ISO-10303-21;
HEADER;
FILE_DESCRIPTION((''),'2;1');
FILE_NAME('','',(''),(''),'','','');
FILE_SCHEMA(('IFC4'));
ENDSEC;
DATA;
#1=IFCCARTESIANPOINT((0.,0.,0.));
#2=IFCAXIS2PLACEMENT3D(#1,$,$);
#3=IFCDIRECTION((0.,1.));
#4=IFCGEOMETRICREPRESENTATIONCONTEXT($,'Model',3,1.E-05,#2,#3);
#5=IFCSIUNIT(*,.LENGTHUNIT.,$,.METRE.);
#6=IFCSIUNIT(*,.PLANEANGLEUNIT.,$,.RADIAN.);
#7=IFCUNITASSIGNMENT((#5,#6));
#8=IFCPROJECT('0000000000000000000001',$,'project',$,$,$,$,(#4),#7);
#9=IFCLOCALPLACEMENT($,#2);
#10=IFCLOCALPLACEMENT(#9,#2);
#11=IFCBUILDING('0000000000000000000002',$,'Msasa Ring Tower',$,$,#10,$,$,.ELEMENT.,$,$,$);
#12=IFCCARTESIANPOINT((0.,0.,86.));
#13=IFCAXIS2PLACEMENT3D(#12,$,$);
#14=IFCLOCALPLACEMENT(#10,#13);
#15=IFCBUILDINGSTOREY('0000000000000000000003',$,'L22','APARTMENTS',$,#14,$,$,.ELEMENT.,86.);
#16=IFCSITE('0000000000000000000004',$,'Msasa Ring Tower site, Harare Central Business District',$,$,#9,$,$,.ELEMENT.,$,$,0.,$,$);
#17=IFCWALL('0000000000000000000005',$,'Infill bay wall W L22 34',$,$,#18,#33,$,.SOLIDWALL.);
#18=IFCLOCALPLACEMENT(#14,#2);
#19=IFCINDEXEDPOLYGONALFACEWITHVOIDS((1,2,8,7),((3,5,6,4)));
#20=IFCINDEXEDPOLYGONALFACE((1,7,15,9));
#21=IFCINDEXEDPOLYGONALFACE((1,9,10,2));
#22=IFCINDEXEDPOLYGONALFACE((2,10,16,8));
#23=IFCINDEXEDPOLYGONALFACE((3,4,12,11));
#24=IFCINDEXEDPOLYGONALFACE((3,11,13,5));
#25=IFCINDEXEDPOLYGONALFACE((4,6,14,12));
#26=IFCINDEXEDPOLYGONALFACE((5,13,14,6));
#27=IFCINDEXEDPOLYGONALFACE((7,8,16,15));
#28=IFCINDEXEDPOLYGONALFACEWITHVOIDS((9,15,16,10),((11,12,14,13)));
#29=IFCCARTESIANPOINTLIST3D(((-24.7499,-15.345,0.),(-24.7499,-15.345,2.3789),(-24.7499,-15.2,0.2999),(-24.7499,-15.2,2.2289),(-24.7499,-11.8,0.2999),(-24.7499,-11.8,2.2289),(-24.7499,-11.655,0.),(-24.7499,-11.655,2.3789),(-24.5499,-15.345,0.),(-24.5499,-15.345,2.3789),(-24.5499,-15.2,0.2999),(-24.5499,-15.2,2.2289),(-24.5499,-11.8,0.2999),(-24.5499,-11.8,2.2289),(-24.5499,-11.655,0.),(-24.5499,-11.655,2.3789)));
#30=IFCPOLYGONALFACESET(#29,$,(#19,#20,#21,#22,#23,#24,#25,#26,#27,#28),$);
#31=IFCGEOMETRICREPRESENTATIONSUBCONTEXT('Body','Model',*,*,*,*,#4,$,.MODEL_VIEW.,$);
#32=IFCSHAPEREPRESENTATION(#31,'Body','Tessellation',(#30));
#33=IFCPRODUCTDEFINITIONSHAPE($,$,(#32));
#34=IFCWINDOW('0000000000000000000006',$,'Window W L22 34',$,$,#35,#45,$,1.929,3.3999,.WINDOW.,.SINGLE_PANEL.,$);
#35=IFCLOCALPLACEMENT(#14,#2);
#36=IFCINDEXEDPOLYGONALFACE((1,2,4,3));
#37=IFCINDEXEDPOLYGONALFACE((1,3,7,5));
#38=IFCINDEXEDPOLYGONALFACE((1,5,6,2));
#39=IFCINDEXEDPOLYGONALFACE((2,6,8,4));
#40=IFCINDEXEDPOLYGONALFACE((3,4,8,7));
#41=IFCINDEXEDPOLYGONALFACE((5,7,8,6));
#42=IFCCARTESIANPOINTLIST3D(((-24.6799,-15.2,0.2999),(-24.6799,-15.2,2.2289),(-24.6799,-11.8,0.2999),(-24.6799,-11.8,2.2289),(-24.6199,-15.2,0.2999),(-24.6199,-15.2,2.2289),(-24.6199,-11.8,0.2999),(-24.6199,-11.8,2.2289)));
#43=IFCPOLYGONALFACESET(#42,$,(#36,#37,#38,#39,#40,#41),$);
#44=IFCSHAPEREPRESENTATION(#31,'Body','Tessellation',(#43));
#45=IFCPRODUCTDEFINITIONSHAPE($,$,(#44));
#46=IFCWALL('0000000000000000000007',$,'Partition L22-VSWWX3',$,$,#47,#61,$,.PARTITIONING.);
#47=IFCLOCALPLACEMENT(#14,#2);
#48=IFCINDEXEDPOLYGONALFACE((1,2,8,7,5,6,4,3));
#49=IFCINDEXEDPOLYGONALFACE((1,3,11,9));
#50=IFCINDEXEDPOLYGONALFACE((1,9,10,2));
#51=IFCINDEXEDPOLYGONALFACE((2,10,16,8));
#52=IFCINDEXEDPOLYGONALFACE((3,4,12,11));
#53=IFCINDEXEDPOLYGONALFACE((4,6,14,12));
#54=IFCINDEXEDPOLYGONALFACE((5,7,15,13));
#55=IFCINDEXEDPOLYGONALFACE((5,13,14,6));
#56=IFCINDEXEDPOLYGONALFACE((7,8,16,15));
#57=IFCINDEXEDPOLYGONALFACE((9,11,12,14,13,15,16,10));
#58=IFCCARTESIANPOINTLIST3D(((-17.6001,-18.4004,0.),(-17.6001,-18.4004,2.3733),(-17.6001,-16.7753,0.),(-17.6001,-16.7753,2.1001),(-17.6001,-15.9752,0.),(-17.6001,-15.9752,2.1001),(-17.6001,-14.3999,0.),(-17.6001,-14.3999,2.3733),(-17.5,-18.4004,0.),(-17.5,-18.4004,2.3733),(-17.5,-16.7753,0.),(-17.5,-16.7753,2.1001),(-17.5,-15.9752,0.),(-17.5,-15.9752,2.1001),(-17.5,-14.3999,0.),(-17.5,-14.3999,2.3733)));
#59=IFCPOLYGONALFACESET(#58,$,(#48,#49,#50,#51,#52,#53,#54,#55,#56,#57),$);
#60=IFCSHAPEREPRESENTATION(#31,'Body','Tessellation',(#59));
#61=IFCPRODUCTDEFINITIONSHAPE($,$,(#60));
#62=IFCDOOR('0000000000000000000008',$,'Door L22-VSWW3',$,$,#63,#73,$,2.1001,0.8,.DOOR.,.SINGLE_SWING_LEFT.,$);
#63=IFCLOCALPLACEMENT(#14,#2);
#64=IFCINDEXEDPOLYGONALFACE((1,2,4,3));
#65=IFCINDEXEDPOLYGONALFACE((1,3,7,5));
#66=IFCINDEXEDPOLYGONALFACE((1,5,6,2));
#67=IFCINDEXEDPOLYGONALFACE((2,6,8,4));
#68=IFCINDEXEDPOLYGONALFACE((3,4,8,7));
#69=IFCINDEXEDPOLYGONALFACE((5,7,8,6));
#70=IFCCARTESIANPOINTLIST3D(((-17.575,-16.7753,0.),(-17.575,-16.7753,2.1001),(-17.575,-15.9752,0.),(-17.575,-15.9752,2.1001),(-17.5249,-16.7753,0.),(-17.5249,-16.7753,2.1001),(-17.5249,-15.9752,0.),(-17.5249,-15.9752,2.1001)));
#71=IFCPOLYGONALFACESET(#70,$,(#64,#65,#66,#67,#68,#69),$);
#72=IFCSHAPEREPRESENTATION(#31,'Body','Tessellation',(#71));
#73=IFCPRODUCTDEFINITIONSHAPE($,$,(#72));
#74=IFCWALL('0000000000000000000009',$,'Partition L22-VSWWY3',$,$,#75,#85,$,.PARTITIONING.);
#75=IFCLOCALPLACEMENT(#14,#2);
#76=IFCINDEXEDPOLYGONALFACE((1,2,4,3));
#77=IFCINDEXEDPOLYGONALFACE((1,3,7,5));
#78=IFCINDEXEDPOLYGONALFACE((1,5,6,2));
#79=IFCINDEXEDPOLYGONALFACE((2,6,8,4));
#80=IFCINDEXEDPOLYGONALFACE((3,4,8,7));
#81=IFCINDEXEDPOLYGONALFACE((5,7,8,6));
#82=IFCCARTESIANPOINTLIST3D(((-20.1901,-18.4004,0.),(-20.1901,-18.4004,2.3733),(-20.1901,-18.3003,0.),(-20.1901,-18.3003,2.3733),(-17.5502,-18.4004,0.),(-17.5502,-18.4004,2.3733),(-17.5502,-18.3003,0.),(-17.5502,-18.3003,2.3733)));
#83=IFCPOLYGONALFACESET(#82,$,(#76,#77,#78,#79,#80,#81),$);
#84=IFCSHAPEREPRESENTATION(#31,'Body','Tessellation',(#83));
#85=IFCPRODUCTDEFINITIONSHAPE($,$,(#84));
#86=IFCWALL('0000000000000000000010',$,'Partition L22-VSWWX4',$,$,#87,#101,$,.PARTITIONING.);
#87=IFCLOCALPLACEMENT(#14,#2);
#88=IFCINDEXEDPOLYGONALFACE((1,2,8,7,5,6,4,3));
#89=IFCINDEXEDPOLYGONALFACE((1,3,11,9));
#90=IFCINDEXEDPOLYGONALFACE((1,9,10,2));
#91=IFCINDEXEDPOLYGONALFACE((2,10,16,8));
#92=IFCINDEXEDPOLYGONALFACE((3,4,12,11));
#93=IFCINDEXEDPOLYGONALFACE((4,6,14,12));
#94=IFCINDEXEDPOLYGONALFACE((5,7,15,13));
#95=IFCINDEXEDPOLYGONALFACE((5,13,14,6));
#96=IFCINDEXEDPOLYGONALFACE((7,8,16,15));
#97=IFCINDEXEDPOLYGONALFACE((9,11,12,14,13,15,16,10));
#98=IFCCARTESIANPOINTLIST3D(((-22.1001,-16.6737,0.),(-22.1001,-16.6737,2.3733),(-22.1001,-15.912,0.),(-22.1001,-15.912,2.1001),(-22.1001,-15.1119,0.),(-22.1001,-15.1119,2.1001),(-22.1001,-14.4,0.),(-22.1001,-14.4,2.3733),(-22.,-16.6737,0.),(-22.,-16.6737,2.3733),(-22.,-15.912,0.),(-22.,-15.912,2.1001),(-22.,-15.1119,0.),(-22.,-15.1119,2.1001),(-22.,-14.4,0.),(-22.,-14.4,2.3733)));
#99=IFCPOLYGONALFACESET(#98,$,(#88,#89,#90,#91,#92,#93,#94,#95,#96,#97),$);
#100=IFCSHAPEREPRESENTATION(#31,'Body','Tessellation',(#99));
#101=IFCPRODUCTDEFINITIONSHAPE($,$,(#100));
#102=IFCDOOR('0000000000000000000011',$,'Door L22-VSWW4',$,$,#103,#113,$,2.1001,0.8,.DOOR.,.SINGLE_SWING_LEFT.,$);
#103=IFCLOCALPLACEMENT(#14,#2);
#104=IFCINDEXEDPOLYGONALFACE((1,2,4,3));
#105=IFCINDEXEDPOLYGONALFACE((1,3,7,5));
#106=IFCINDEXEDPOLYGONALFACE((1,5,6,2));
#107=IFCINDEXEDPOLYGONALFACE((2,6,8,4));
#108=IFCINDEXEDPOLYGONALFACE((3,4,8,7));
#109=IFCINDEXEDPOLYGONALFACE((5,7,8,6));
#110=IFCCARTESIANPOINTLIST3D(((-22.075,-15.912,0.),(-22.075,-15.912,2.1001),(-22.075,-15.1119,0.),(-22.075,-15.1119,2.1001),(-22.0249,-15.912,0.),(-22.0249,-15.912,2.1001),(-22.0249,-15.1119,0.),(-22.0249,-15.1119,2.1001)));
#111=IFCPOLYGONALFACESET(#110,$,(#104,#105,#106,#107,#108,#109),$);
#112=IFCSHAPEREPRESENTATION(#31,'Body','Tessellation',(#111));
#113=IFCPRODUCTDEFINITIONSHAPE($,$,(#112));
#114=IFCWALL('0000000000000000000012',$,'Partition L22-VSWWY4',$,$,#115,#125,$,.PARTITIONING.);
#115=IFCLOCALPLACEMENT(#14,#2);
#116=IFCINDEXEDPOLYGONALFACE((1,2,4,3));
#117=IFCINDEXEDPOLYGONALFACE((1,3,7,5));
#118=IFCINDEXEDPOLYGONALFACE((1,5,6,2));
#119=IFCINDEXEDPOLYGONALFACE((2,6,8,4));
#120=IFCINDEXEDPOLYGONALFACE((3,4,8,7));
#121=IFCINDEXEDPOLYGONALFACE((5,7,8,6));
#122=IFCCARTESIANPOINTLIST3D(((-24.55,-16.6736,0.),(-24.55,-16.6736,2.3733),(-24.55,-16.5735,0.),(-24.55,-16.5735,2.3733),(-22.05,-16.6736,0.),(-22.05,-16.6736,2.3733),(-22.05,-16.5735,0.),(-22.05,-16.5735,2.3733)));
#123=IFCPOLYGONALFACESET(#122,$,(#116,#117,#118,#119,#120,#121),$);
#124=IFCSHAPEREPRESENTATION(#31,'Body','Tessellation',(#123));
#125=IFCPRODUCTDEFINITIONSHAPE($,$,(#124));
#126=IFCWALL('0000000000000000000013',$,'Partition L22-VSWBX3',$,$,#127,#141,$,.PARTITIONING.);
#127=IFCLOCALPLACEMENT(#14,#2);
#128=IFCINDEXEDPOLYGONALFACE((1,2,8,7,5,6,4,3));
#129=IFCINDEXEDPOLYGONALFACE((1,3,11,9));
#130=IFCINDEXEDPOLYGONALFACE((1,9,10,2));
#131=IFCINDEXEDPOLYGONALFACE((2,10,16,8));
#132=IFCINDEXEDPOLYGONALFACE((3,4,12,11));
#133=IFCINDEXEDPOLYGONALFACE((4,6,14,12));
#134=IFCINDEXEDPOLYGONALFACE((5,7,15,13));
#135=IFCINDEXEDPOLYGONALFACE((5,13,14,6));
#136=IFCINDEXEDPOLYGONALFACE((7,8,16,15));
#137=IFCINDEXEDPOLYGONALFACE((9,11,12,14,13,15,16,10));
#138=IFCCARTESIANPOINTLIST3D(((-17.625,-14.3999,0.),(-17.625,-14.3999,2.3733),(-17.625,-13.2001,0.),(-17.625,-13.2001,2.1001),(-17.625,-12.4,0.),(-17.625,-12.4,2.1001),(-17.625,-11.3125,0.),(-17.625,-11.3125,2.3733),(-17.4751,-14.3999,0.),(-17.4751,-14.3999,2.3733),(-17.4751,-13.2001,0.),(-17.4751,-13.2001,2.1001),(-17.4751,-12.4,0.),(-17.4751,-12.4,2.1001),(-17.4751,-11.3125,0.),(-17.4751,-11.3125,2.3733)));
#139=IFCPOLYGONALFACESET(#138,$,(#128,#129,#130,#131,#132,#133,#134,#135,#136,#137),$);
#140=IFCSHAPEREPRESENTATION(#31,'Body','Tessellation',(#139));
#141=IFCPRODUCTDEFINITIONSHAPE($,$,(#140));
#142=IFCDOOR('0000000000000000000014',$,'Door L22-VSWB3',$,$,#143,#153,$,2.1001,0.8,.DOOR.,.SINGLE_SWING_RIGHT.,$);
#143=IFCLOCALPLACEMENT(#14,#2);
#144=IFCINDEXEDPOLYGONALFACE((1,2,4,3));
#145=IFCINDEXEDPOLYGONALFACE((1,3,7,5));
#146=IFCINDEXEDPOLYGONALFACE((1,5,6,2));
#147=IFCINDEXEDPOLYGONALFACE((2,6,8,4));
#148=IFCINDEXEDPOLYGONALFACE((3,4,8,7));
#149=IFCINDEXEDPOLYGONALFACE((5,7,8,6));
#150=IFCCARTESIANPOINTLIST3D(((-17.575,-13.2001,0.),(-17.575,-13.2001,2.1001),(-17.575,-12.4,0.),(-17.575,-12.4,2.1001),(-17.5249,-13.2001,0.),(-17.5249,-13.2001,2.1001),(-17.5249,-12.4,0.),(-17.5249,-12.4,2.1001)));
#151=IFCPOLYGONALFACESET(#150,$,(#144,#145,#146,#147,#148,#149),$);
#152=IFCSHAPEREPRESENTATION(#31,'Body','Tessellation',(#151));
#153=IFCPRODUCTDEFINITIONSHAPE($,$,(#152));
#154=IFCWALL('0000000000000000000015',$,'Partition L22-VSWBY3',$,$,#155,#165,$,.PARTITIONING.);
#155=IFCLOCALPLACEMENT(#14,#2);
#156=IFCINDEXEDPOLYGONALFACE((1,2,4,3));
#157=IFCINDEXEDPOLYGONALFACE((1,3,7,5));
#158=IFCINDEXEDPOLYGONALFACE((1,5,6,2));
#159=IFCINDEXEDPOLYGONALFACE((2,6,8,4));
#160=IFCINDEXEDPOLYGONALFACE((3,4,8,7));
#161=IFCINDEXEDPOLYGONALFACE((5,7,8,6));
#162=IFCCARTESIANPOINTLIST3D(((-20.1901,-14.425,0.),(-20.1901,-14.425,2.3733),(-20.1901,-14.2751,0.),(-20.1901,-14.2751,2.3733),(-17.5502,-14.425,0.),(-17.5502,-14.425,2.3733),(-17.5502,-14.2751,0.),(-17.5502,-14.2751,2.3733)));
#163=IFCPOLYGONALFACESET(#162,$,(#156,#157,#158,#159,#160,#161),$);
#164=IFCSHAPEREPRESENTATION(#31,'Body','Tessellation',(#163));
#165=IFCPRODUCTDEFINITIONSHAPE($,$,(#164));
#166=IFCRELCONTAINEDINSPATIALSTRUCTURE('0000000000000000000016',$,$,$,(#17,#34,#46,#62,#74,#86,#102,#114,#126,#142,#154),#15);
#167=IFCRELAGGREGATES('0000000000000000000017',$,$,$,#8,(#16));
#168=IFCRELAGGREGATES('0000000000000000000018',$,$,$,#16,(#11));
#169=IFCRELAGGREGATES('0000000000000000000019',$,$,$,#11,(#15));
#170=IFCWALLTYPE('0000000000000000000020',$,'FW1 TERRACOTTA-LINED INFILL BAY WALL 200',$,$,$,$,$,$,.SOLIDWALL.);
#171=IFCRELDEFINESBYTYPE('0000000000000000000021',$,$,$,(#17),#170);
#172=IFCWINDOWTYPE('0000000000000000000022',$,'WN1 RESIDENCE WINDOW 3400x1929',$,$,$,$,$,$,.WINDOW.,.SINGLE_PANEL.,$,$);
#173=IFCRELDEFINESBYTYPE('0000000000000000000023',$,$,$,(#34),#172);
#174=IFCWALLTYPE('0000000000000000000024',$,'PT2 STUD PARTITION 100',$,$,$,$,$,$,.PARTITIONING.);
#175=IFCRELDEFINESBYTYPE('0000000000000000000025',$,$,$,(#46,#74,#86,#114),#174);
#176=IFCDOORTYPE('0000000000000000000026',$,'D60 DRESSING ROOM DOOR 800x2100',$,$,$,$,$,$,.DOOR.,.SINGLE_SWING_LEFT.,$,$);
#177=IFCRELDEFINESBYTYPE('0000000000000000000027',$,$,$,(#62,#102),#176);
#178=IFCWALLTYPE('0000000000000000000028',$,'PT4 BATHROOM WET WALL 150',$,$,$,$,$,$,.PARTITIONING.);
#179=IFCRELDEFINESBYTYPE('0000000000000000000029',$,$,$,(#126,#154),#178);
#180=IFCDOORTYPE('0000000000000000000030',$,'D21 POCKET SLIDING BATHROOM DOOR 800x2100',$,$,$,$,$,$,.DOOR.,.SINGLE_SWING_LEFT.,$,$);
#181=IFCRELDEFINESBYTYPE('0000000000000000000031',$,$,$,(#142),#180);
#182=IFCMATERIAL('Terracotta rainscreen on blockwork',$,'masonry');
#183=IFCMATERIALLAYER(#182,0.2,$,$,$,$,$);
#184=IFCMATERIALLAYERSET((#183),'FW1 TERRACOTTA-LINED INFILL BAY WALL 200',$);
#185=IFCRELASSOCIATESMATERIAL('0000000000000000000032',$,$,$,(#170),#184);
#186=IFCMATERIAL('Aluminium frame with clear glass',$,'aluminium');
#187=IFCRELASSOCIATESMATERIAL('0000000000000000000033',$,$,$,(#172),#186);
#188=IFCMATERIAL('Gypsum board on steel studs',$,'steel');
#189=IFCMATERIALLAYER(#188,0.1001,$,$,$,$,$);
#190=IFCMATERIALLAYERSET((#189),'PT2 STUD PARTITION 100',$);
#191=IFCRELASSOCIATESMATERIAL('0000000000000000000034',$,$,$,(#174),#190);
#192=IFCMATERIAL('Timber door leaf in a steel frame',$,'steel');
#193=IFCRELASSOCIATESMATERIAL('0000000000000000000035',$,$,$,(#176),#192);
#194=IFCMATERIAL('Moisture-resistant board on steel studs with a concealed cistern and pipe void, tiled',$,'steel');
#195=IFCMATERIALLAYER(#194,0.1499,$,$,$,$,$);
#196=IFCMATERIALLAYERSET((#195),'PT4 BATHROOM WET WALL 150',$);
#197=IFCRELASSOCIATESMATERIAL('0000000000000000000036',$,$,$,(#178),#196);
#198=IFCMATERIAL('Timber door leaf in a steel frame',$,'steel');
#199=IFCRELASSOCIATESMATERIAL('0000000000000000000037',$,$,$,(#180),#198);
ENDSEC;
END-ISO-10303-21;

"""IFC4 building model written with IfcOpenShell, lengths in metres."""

from ifc_helpers import new_model, si_unit, direction, frame, frame_2d, origin, place, context, subcontext, project, spatial, rectangle, extrude, material, layer, layer_set, type_object, element, fill, save


model = new_model("IFC4")

# Units and contexts
model_context = context("Model", 3, precision=1e-05, world=origin(), true_north=direction((0.0, 1.0)))
body_context = subcontext(model_context, "Body", "Model", "MODEL_VIEW")
ifc_project = project(units=[si_unit("LENGTHUNIT", "METRE"), si_unit("PLANEANGLEUNIT", "RADIAN")], contexts=[model_context])

# Site, building, storey
site_placement = place(None, origin())
site = spatial("IfcSite", under=ifc_project, at=site_placement, Name="Msasa Ring Tower site, Harare Central Business District", CompositionType="ELEMENT", RefElevation=0.0)
building_placement = place(site_placement, origin())
building = spatial("IfcBuilding", under=site, at=building_placement, Name="Msasa Ring Tower", CompositionType="ELEMENT")
storey_placement = place(building_placement, frame((0.0, 0.0, 86.0)))
storey = spatial("IfcBuildingStorey", under=building, at=storey_placement, Name="L22", Description="APARTMENTS", CompositionType="ELEMENT", Elevation=86.0)

# Wall, opening, window
ifc_material_1 = material(Name="Terracotta rainscreen on blockwork", Category="masonry")
ifc_layer_1 = layer(ifc_material_1, 0.2)
ifc_layer_set_1 = layer_set([ifc_layer_1], Name="FW1 TERRACOTTA-LINED INFILL BAY WALL 200")
wall_type_1 = type_object("IfcWallType", Name="FW1 TERRACOTTA-LINED INFILL BAY WALL 200", PredefinedType="SOLIDWALL", material=ifc_layer_set_1)
ifc_material_2 = material(Name="Aluminium frame with clear glass", Category="aluminium")
window_type = type_object("IfcWindowType", Name="WN1 RESIDENCE WINDOW 3400x1929", PartitioningType="SINGLE_PANEL", PredefinedType="WINDOW", material=ifc_material_2)
wall_1_placement = place(storey_placement, frame((-24.6499, -15.345, 0.0), z_axis=(0.0, 0.0, 1.0), x_axis=(0.0, 1.0, 0.0)))
wall_1 = element("IfcWall", 1, at=wall_1_placement, inside=storey, type_object=wall_type_1, Name="Infill bay wall W L22 34", PredefinedType="SOLIDWALL", context=body_context, shape_type="SweptSolid", body=[
    extrude(rectangle(XDim=3.6899, YDim=0.2, at=frame_2d((1.845, 0.0))), origin(), (0.0, 0.0, 1.0), 2.3789),
])
opening_1_placement = place(wall_1_placement, frame((0.145, 0.0, 0.3)))
opening_1 = element("IfcOpeningElement", 2, at=opening_1_placement, cuts=wall_1, PredefinedType="OPENING", context=body_context, shape_type="SweptSolid", body=[
    extrude(rectangle(XDim=3.3999, YDim=1.929, at=frame_2d((1.7, 0.9644))), frame((0.0, 0.1099, 0.0), z_axis=(0.0, -1.0, 0.0), x_axis=(1.0, 0.0, 0.0)), (0.0, 0.0, 1.0), 0.22),
])
window_1_placement = place(opening_1_placement, origin())
window_1 = element("IfcWindow", 3, at=window_1_placement, inside=storey, type_object=window_type, Name="Window W L22 34", OverallHeight=1.929, OverallWidth=3.3999, PartitioningType="SINGLE_PANEL", PredefinedType="WINDOW", context=body_context, shape_type="SweptSolid", body=[
    extrude(rectangle(XDim=3.3999, YDim=1.929, at=frame_2d((1.7, 0.9644))), frame((0.0, 0.03, 0.0), z_axis=(0.0, -1.0, 0.0), x_axis=(1.0, 0.0, 0.0)), (0.0, 0.0, 1.0), 0.0601),
])
fill(opening_1, window_1)

# Wall, opening, door
ifc_material_3 = material(Name="Gypsum board on steel studs", Category="steel")
ifc_layer_2 = layer(ifc_material_3, 0.1001)
ifc_layer_set_2 = layer_set([ifc_layer_2], Name="PT2 STUD PARTITION 100")
wall_type_2 = type_object("IfcWallType", Name="PT2 STUD PARTITION 100", PredefinedType="PARTITIONING", material=ifc_layer_set_2)
wall_2_placement = place(storey_placement, frame((-17.55, -18.4004, 0.0), z_axis=(0.0, 0.0, 1.0), x_axis=(0.0, 1.0, 0.0)))
wall_2 = element("IfcWall", 4, at=wall_2_placement, inside=storey, type_object=wall_type_2, Name="Partition L22-VSWWX3", PredefinedType="PARTITIONING", context=body_context, shape_type="SweptSolid", body=[
    extrude(rectangle(XDim=4.0005, YDim=0.1001, at=frame_2d((2.0002, 0.0))), origin(), (0.0, 0.0, 1.0), 2.3733),
])
opening_2_placement = place(wall_2_placement, frame((1.6252, 0.0, 0.0)))
opening_2 = element("IfcOpeningElement", 5, at=opening_2_placement, cuts=wall_2, PredefinedType="OPENING", context=body_context, shape_type="SweptSolid", body=[
    extrude(rectangle(XDim=0.8, YDim=2.1001, at=frame_2d((0.3999, 1.05))), frame((0.0, 0.0601, 0.0), z_axis=(0.0, -1.0, 0.0), x_axis=(1.0, 0.0, 0.0)), (0.0, 0.0, 1.0), 0.1201),
])
ifc_material_4 = material(Name="Timber door leaf in a steel frame", Category="steel")
door_type_1 = type_object("IfcDoorType", Name="D60 DRESSING ROOM DOOR 800x2100", OperationType="SINGLE_SWING_LEFT", PredefinedType="DOOR", material=ifc_material_4)
door_1_placement = place(opening_2_placement, origin())
door_1 = element("IfcDoor", 6, at=door_1_placement, inside=storey, type_object=door_type_1, Name="Door L22-VSWW3", OperationType="SINGLE_SWING_LEFT", OverallHeight=2.1001, OverallWidth=0.8, PredefinedType="DOOR", context=body_context, shape_type="SweptSolid", body=[
    extrude(rectangle(XDim=0.8, YDim=2.1001, at=frame_2d((0.3999, 1.05))), frame((0.0, 0.0249, 0.0), z_axis=(0.0, -1.0, 0.0), x_axis=(1.0, 0.0, 0.0)), (0.0, 0.0, 1.0), 0.05),
])
fill(opening_2, door_1)

# Wall
wall_3_placement = place(storey_placement, frame((-20.1899, -18.3503, 0.0), z_axis=(0.0, 0.0, 1.0), x_axis=(1.0, 0.0, 0.0)))
element("IfcWall", 7, at=wall_3_placement, inside=storey, type_object=wall_type_2, Name="Partition L22-VSWWY3", PredefinedType="PARTITIONING", context=body_context, shape_type="SweptSolid", body=[
    extrude(rectangle(XDim=2.6399, YDim=0.1001, at=frame_2d((1.3198, 0.0))), origin(), (0.0, 0.0, 1.0), 2.3733),
])

# Wall, opening, door
wall_4_placement = place(storey_placement, frame((-22.05, -16.6736, 0.0), z_axis=(0.0, 0.0, 1.0), x_axis=(0.0, 1.0, 0.0)))
wall_4 = element("IfcWall", 8, at=wall_4_placement, inside=storey, type_object=wall_type_2, Name="Partition L22-VSWWX4", PredefinedType="PARTITIONING", context=body_context, shape_type="SweptSolid", body=[
    extrude(rectangle(XDim=2.2737, YDim=0.1001, at=frame_2d((1.1367, 0.0))), origin(), (0.0, 0.0, 1.0), 2.3733),
])
opening_3_placement = place(wall_4_placement, frame((0.7617, 0.0, 0.0)))
opening_3 = element("IfcOpeningElement", 9, at=opening_3_placement, cuts=wall_4, PredefinedType="OPENING", context=body_context, shape_type="SweptSolid", body=[
    extrude(rectangle(XDim=0.8, YDim=2.1001, at=frame_2d((0.3999, 1.05))), frame((0.0, 0.0601, 0.0), z_axis=(0.0, -1.0, 0.0), x_axis=(1.0, 0.0, 0.0)), (0.0, 0.0, 1.0), 0.1201),
])
door_2_placement = place(opening_3_placement, origin())
door_2 = element("IfcDoor", 10, at=door_2_placement, inside=storey, type_object=door_type_1, Name="Door L22-VSWW4", OperationType="SINGLE_SWING_LEFT", OverallHeight=2.1001, OverallWidth=0.8, PredefinedType="DOOR", context=body_context, shape_type="SweptSolid", body=[
    extrude(rectangle(XDim=0.8, YDim=2.1001, at=frame_2d((0.3999, 1.05))), frame((0.0, 0.0249, 0.0), z_axis=(0.0, -1.0, 0.0), x_axis=(1.0, 0.0, 0.0)), (0.0, 0.0, 1.0), 0.05),
])
fill(opening_3, door_2)

# Wall
wall_5_placement = place(storey_placement, frame((-24.55, -16.6235, 0.0), z_axis=(0.0, 0.0, 1.0), x_axis=(1.0, 0.0, 0.0)))
element("IfcWall", 11, at=wall_5_placement, inside=storey, type_object=wall_type_2, Name="Partition L22-VSWWY4", PredefinedType="PARTITIONING", context=body_context, shape_type="SweptSolid", body=[
    extrude(rectangle(XDim=2.5, YDim=0.1001, at=frame_2d((1.25, 0.0))), origin(), (0.0, 0.0, 1.0), 2.3733),
])

# Wall, opening, door
ifc_material_5 = material(Name="Moisture-resistant board on steel studs with a concealed cistern and pipe void, tiled", Category="steel")
ifc_layer_3 = layer(ifc_material_5, 0.1499)
ifc_layer_set_3 = layer_set([ifc_layer_3], Name="PT4 BATHROOM WET WALL 150")
wall_type_3 = type_object("IfcWallType", Name="PT4 BATHROOM WET WALL 150", PredefinedType="PARTITIONING", material=ifc_layer_set_3)
wall_6_placement = place(storey_placement, frame((-17.55, -14.3999, 0.0), z_axis=(0.0, 0.0, 1.0), x_axis=(0.0, 1.0, 0.0)))
wall_6 = element("IfcWall", 12, at=wall_6_placement, inside=storey, type_object=wall_type_3, Name="Partition L22-VSWBX3", PredefinedType="PARTITIONING", context=body_context, shape_type="SweptSolid", body=[
    extrude(rectangle(XDim=3.0874, YDim=0.1499, at=frame_2d((1.5437, 0.0))), origin(), (0.0, 0.0, 1.0), 2.3733),
])
opening_4_placement = place(wall_6_placement, frame((1.2, 0.0, 0.0)))
opening_4 = element("IfcOpeningElement", 13, at=opening_4_placement, cuts=wall_6, PredefinedType="OPENING", context=body_context, shape_type="SweptSolid", body=[
    extrude(rectangle(XDim=0.8, YDim=2.1001, at=frame_2d((0.3999, 1.05))), frame((0.0, 0.085, 0.0), z_axis=(0.0, -1.0, 0.0), x_axis=(1.0, 0.0, 0.0)), (0.0, 0.0, 1.0), 0.1699),
])
ifc_material_6 = material(Name="Timber door leaf in a steel frame", Category="steel")
door_type_2 = type_object("IfcDoorType", Name="D21 POCKET SLIDING BATHROOM DOOR 800x2100", OperationType="SINGLE_SWING_LEFT", PredefinedType="DOOR", material=ifc_material_6)
door_3_placement = place(opening_4_placement, origin())
door_3 = element("IfcDoor", 14, at=door_3_placement, inside=storey, type_object=door_type_2, Name="Door L22-VSWB3", OperationType="SINGLE_SWING_RIGHT", OverallHeight=2.1001, OverallWidth=0.8, PredefinedType="DOOR", context=body_context, shape_type="SweptSolid", body=[
    extrude(rectangle(XDim=0.8, YDim=2.1001, at=frame_2d((0.3999, 1.05))), frame((0.0, 0.0249, 0.0), z_axis=(0.0, -1.0, 0.0), x_axis=(1.0, 0.0, 0.0)), (0.0, 0.0, 1.0), 0.05),
])
fill(opening_4, door_3)

# Wall
wall_7_placement = place(storey_placement, frame((-20.1899, -14.3501, 0.0), z_axis=(0.0, 0.0, 1.0), x_axis=(1.0, 0.0, 0.0)))
element("IfcWall", 15, at=wall_7_placement, inside=storey, type_object=wall_type_3, Name="Partition L22-VSWBY3", PredefinedType="PARTITIONING", context=body_context, shape_type="SweptSolid", body=[
    extrude(rectangle(XDim=2.6399, YDim=0.1499, at=frame_2d((1.3198, 0.0))), origin(), (0.0, 0.0, 1.0), 2.3733),
])

save(model, "model.ifc")
